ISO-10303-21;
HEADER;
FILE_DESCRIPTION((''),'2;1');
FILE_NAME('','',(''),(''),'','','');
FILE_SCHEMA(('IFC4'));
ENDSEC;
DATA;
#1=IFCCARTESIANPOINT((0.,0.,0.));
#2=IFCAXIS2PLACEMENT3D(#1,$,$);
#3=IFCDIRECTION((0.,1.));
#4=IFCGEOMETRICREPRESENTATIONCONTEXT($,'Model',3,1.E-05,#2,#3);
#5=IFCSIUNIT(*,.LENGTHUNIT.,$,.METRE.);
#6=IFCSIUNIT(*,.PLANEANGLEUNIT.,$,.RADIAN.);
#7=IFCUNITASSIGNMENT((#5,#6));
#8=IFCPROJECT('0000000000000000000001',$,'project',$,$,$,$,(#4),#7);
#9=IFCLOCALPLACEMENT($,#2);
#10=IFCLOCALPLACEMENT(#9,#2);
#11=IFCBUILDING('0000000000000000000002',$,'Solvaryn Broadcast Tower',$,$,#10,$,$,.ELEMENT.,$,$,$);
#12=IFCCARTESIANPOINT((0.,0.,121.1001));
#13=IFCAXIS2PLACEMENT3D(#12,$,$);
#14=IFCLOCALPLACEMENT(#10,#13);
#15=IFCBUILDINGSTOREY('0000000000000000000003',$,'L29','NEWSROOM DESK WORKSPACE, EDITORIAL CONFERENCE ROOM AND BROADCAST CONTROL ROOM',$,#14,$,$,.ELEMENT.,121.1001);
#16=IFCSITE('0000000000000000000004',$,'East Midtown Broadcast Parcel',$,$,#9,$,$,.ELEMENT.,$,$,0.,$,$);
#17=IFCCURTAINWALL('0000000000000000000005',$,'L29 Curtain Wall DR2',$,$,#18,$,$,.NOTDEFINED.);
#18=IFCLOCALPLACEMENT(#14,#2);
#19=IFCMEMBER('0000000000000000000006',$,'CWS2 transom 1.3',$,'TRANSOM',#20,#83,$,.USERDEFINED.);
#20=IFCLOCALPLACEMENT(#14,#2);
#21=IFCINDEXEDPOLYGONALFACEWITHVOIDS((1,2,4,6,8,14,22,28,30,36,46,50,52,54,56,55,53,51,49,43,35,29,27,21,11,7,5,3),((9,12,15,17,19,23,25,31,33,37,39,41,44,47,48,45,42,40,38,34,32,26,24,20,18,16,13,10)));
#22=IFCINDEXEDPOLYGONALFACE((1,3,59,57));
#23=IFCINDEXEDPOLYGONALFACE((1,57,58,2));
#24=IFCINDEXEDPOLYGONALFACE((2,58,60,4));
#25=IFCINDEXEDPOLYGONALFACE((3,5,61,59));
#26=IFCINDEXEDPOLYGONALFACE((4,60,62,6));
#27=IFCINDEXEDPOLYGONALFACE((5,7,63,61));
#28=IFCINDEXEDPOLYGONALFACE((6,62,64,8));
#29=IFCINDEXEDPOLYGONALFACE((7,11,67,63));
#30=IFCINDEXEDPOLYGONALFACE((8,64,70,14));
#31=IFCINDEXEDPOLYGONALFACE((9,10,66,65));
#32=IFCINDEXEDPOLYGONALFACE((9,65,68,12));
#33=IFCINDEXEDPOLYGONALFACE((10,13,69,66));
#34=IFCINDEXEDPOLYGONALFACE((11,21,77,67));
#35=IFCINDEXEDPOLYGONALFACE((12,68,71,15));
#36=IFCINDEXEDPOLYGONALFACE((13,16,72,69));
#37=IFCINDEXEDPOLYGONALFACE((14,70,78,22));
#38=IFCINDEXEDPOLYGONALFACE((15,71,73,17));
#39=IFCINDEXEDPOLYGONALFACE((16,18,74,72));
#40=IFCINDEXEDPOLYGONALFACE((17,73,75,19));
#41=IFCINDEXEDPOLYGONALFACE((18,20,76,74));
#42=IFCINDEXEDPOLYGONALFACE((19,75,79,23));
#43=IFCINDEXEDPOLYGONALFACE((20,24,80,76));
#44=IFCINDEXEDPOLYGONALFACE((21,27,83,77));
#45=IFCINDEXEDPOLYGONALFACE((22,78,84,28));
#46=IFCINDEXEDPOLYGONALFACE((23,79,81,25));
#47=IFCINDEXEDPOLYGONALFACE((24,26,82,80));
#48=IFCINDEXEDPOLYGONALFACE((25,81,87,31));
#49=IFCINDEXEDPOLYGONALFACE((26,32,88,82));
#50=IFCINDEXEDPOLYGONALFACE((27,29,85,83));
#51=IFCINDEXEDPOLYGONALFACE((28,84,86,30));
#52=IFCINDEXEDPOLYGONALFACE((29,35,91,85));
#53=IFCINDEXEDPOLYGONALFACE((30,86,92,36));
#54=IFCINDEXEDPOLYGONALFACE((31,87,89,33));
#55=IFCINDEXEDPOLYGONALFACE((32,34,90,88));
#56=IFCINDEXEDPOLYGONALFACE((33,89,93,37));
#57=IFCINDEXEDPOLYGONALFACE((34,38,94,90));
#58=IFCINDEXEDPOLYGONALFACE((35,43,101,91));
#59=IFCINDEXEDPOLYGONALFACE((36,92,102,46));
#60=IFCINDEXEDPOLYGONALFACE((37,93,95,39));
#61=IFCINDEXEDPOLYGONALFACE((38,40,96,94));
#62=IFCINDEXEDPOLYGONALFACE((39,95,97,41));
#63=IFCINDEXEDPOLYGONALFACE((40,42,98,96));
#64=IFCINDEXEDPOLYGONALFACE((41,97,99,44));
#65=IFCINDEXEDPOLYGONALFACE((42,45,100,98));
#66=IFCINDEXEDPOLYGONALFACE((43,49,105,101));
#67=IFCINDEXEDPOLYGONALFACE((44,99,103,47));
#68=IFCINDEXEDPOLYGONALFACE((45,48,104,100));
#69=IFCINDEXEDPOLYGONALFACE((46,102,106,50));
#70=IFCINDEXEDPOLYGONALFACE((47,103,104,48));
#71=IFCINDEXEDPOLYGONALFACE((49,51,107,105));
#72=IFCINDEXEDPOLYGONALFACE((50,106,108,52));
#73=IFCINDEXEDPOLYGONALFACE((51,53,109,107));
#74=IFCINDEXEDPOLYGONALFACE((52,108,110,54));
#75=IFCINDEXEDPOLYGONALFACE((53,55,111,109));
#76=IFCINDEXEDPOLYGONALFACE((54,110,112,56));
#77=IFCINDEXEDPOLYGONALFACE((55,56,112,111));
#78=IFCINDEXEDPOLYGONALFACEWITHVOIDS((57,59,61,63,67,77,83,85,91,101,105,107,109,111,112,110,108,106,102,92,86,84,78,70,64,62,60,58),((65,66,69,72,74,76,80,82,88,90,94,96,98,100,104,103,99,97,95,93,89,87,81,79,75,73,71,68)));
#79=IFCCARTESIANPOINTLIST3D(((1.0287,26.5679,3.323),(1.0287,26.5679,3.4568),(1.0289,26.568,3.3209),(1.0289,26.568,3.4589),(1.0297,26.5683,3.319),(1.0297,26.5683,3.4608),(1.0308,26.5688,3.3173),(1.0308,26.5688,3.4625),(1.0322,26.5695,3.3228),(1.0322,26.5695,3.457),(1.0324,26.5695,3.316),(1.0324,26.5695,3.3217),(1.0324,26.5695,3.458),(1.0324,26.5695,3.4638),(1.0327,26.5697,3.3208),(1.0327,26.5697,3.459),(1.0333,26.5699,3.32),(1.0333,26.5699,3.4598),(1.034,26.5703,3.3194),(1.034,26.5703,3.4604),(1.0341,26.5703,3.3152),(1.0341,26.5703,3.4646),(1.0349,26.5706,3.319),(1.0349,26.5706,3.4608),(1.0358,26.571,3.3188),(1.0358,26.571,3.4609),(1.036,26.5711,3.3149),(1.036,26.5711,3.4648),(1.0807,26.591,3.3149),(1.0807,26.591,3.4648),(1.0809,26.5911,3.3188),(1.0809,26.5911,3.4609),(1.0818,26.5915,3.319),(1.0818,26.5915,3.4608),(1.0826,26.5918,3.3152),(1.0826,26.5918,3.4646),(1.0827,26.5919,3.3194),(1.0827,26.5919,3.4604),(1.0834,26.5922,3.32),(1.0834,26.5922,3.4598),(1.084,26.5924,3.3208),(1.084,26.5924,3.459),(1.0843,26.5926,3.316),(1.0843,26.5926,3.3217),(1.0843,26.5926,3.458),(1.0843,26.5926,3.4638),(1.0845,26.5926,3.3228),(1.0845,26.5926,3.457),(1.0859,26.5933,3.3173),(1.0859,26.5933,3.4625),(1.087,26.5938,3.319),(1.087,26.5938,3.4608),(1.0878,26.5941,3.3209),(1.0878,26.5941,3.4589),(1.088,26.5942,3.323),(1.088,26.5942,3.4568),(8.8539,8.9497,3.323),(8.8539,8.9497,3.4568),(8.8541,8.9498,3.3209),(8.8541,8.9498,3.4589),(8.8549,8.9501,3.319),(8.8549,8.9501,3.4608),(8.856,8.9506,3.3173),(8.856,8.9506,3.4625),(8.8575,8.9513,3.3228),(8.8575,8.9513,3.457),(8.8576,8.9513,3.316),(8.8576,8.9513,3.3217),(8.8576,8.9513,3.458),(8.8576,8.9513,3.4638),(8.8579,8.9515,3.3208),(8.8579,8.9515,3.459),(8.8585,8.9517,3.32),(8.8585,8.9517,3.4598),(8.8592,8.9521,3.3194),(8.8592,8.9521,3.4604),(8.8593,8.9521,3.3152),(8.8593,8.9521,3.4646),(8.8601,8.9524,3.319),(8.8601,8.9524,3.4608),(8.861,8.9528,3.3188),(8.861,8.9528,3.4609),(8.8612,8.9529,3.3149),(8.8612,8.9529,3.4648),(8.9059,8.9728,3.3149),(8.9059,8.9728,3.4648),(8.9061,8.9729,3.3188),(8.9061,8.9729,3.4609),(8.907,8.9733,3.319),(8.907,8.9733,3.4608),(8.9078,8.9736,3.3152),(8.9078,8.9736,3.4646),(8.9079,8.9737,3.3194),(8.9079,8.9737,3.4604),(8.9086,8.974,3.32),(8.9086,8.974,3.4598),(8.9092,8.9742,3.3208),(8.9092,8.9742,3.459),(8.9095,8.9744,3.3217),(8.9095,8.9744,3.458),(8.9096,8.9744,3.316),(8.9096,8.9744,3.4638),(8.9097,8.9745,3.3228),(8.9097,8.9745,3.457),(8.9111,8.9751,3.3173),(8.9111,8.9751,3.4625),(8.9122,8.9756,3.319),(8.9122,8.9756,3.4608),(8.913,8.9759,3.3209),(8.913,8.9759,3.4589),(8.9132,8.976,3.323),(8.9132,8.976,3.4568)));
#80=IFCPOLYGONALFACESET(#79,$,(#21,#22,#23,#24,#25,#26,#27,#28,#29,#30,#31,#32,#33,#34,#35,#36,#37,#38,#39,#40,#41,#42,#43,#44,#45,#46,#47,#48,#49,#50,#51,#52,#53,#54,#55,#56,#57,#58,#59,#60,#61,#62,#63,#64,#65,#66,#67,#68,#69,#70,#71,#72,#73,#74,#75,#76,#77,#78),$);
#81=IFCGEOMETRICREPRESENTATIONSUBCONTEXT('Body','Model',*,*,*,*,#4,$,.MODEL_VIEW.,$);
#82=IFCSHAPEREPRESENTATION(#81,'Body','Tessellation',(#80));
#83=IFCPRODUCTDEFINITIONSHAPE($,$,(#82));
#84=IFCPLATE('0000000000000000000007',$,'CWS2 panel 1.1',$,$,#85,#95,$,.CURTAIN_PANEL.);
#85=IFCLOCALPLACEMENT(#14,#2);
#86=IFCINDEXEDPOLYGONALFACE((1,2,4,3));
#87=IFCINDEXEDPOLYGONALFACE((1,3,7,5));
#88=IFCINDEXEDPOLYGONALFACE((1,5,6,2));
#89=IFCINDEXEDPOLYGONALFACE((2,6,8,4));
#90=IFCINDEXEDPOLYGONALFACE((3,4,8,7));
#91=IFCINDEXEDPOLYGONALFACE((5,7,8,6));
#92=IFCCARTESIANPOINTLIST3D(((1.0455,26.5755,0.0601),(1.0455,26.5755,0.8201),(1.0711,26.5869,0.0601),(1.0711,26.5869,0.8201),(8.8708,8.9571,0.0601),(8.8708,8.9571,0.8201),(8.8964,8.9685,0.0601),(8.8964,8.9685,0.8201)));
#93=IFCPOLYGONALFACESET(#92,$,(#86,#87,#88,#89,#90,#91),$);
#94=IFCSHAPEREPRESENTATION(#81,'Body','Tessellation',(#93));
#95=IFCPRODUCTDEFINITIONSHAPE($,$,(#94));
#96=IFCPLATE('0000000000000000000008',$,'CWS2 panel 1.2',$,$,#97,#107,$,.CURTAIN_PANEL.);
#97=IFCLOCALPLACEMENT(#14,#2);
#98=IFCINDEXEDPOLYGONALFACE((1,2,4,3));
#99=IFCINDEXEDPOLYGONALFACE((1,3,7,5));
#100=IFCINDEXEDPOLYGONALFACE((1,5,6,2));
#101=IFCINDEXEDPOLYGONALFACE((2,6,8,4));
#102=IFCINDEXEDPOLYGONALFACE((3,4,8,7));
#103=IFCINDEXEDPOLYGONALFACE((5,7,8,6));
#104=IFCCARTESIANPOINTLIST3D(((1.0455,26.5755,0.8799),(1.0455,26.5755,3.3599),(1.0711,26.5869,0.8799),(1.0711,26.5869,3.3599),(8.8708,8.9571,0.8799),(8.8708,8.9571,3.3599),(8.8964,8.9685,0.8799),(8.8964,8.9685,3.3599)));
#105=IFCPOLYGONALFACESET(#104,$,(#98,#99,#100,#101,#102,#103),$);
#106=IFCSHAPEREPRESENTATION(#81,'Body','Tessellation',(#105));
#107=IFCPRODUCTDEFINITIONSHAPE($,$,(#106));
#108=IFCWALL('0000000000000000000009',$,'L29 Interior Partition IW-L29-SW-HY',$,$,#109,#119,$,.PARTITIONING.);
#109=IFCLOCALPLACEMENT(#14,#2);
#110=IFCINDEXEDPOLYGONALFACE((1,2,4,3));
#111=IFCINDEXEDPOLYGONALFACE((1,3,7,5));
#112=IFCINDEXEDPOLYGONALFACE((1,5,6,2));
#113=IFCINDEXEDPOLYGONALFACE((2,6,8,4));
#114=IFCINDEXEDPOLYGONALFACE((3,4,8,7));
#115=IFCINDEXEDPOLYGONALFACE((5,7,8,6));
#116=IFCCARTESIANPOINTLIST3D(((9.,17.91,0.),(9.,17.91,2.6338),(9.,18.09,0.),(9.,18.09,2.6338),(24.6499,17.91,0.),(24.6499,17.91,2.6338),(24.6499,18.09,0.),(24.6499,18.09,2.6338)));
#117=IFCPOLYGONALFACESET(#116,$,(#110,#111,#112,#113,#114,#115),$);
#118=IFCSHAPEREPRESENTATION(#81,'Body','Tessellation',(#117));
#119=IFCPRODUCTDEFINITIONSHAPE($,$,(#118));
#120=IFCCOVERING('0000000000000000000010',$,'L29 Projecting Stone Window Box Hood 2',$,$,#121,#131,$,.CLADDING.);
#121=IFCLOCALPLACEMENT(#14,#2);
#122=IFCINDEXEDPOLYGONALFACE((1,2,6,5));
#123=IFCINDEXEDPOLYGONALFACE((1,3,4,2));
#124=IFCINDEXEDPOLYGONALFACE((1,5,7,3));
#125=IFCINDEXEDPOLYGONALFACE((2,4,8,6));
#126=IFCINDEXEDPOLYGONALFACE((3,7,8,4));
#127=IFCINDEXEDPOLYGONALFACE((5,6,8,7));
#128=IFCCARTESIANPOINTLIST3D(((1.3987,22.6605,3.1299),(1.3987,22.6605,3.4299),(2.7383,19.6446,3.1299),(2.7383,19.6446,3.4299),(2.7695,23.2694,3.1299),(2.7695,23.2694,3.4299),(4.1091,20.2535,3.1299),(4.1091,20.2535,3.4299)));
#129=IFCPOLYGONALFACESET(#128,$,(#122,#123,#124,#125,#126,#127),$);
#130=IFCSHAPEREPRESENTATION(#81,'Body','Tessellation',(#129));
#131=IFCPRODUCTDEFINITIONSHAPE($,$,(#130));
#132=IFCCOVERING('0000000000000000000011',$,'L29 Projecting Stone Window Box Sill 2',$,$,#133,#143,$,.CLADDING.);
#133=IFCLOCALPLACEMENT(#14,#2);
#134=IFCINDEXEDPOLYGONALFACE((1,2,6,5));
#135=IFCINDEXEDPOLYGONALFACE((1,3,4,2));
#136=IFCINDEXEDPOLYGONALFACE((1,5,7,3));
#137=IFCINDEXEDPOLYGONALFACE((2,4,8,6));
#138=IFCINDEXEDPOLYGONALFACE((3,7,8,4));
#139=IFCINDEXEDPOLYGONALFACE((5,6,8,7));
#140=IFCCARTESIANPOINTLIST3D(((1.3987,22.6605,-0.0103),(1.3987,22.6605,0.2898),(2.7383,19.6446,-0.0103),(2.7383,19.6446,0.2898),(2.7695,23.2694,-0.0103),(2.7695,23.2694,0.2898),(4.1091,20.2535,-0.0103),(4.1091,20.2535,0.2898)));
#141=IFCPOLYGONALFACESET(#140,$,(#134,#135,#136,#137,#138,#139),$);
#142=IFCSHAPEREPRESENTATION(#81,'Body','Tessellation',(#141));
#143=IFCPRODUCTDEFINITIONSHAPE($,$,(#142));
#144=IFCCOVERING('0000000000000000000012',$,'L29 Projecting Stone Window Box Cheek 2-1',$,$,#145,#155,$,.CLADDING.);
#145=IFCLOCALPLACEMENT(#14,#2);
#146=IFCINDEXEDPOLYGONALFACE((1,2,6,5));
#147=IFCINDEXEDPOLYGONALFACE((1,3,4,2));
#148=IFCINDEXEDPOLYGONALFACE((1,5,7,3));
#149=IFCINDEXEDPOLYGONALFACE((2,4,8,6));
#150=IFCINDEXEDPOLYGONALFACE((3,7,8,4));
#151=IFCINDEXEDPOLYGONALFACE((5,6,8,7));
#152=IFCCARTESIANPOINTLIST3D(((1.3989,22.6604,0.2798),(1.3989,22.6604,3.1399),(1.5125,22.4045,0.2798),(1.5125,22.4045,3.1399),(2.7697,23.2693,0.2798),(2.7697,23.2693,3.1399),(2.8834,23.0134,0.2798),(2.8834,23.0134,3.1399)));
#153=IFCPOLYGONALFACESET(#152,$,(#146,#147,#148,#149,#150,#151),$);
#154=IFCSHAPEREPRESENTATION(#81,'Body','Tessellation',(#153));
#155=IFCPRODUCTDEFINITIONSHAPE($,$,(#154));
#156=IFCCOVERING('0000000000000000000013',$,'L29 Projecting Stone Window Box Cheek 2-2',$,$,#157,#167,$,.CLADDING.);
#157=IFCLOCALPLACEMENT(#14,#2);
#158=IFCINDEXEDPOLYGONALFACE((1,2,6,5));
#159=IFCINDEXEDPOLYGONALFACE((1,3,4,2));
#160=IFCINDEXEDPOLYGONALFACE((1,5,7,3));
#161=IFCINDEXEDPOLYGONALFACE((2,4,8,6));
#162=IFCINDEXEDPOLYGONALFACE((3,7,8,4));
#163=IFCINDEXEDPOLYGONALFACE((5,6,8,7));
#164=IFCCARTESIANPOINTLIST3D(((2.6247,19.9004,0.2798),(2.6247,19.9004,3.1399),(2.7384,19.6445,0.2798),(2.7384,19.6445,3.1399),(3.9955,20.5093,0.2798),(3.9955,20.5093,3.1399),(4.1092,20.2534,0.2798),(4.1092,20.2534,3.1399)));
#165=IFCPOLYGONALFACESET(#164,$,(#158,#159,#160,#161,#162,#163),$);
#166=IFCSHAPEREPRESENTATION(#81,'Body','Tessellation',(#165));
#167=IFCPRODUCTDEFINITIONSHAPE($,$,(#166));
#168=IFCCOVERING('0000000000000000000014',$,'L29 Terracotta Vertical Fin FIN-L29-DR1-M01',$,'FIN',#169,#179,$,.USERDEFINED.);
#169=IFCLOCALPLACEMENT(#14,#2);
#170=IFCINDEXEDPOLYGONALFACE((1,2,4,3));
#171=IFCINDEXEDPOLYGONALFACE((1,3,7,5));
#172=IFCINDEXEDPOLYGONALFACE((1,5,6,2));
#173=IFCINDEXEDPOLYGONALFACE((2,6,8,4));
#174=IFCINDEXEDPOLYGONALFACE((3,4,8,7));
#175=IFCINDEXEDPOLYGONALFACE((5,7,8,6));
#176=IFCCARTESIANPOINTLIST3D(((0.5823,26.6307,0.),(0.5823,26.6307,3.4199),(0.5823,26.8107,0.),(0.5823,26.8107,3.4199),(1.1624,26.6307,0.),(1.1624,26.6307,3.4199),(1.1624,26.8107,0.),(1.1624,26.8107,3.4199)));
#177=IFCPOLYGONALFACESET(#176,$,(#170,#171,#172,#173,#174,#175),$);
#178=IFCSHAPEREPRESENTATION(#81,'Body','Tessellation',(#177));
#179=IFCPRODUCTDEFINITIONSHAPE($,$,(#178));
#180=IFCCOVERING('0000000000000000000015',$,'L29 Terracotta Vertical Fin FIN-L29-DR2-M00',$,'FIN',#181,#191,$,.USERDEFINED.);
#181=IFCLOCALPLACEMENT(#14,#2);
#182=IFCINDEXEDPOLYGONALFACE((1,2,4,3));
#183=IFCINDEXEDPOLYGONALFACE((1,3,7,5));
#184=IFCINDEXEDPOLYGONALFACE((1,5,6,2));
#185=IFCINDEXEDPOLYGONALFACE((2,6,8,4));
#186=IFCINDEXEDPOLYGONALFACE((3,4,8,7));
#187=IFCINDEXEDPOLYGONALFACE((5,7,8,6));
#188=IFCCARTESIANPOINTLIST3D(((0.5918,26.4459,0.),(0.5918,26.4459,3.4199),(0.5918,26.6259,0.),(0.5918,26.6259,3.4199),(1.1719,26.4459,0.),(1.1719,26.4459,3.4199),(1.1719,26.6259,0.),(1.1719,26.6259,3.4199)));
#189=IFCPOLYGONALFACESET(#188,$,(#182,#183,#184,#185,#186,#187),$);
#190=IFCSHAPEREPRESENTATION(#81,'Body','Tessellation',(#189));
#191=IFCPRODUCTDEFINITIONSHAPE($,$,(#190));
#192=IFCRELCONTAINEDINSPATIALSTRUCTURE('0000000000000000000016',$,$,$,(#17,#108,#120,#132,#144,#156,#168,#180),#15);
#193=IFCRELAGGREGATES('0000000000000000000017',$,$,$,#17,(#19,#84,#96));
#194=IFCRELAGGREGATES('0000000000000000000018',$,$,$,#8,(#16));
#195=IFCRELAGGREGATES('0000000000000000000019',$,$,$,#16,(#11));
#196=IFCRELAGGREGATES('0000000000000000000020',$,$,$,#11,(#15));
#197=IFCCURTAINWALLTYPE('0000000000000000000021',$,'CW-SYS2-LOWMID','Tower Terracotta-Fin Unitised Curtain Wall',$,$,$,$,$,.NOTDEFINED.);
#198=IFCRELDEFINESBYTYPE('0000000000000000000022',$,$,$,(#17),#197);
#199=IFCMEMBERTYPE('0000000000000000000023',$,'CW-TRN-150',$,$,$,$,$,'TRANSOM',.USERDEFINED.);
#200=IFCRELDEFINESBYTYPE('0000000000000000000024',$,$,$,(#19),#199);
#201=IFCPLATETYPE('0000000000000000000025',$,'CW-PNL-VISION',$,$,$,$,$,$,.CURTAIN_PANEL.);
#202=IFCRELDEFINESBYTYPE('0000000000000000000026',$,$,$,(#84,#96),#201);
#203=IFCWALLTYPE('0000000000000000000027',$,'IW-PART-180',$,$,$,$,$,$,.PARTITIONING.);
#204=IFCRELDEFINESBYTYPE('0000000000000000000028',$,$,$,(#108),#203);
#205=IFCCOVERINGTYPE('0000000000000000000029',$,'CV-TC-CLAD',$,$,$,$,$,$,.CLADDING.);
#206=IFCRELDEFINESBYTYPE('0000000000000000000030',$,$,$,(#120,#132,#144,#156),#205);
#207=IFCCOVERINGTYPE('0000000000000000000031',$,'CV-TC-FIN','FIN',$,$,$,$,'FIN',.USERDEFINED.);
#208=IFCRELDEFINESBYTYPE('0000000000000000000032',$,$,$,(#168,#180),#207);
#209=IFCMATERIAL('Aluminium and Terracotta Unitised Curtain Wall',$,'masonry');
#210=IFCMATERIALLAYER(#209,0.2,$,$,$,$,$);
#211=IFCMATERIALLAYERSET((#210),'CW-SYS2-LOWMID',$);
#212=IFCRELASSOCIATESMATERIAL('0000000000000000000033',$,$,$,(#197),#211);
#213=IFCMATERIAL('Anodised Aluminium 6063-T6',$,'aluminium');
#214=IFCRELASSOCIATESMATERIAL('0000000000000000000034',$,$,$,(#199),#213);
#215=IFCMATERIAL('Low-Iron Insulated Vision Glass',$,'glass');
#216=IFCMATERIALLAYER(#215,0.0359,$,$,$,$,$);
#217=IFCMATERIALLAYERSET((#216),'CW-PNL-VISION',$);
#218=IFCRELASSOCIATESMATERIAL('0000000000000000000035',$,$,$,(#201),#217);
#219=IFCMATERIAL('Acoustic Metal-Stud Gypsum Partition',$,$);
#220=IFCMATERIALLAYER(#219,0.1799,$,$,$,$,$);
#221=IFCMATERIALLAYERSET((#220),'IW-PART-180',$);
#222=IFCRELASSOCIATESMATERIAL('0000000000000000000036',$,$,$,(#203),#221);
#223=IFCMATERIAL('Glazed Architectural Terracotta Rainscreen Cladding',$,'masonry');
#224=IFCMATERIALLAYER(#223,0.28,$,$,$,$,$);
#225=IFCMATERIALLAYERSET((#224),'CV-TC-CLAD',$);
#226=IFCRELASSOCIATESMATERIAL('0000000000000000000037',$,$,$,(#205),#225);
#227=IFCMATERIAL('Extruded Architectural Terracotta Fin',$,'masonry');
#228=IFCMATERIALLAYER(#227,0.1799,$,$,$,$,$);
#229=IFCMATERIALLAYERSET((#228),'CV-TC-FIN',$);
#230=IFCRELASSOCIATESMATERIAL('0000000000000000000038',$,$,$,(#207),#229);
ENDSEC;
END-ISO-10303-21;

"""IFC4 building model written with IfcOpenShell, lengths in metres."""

from ifc_helpers import new_model, si_unit, direction, frame, frame_2d, origin, origin_2d, place, context, subcontext, project, spatial, rectangle, hollow_rectangle, extrude, material, layer, layer_set, material_profile, profile_set, type_object, element, aggregate, save


model = new_model("IFC4")

# Units and contexts
model_context = context("Model", 3, precision=1e-05, world=origin(), true_north=direction((0.0, 1.0)))
body_context = subcontext(model_context, "Body", "Model", "MODEL_VIEW")
ifc_project = project(units=[si_unit("LENGTHUNIT", "METRE"), si_unit("PLANEANGLEUNIT", "RADIAN")], contexts=[model_context])

# Site, building, storey
site_placement = place(None, origin())
site = spatial("IfcSite", under=ifc_project, at=site_placement, Name="East Midtown Broadcast Parcel", CompositionType="ELEMENT", RefElevation=0.0)
building_placement = place(site_placement, origin())
building = spatial("IfcBuilding", under=site, at=building_placement, Name="Solvaryn Broadcast Tower", CompositionType="ELEMENT")
storey_placement = place(building_placement, frame((0.0, 0.0, 121.1001)))
storey = spatial("IfcBuildingStorey", under=building, at=storey_placement, Name="L29", Description="NEWSROOM DESK WORKSPACE, EDITORIAL CONFERENCE ROOM AND BROADCAST CONTROL ROOM", CompositionType="ELEMENT", Elevation=121.1001)

# Shared definitions
ifc_material_1 = material(Name="Aluminium and Terracotta Unitised Curtain Wall", Category="masonry")
ifc_layer_1 = layer(ifc_material_1, 0.2)
ifc_layer_set_1 = layer_set([ifc_layer_1], Name="CW-SYS2-LOWMID")
curtain_wall_type = type_object("IfcCurtainWallType", Name="CW-SYS2-LOWMID", Description="Tower Terracotta-Fin Unitised Curtain Wall", PredefinedType="NOTDEFINED", material=ifc_layer_set_1)

# Curtain wall, member, plates
curtain_wall_1_placement = place(storey_placement, origin())
curtain_wall_1 = element("IfcCurtainWall", 1, at=curtain_wall_1_placement, inside=storey, type_object=curtain_wall_type, Name="L29 Curtain Wall DR2", PredefinedType="NOTDEFINED")
ifc_material_2 = material(Name="Anodised Aluminium 6063-T6", Category="aluminium")
ifc_material_profile_1 = material_profile(ifc_material_2, hollow_rectangle(XDim=0.0649, YDim=0.1499, WallThickness=0.0039, InnerFilletRadius=0.0039, OuterFilletRadius=0.0081, at=origin_2d()))
ifc_profile_set_1 = profile_set([ifc_material_profile_1], Name="Anodised Aluminium 6063-T6")
member_type_1 = type_object("IfcMemberType", Name="CW-TRN-150", ElementType="TRANSOM", PredefinedType="USERDEFINED", material=ifc_profile_set_1)
member_1_placement = place(storey_placement, frame((1.0583, 26.5811, 3.3899), z_axis=(0.405918, -0.91391, 0.0), x_axis=(0.91391, 0.405918, 0.0)))
member_1 = element("IfcMember", 2, at=member_1_placement, type_object=member_type_1, Name="CWS2 transom 1.3", ObjectType="TRANSOM", PredefinedType="USERDEFINED", context=body_context, shape_type="SweptSolid", body=[
    extrude(hollow_rectangle(XDim=0.0649, YDim=0.1499, WallThickness=0.0039, InnerFilletRadius=0.0039, OuterFilletRadius=0.0081, at=origin_2d()), origin(), (0.0, 0.0, 1.0), 19.2778),
])
ifc_material_3 = material(Name="Low-Iron Insulated Vision Glass", Category="glass")
ifc_layer_2 = layer(ifc_material_3, 0.0359)
ifc_layer_set_2 = layer_set([ifc_layer_2], Name="CW-PNL-VISION")
plate_type = type_object("IfcPlateType", Name="CW-PNL-VISION", PredefinedType="CURTAIN_PANEL", material=ifc_layer_set_2)
plate_1_placement = place(storey_placement, frame((4.9709, 17.772, 0.0601), z_axis=(0.0, 0.0, 1.0), x_axis=(0.405918, -0.913909, 0.0)))
plate_1 = element("IfcPlate", 3, at=plate_1_placement, type_object=plate_type, Name="CWS2 panel 1.1", PredefinedType="CURTAIN_PANEL", context=body_context, shape_type="SweptSolid", body=[
    extrude(rectangle(XDim=19.2781, YDim=0.0281, at=origin_2d()), origin(), (0.0, 0.0, 1.0), 0.76),
])
plate_2_placement = place(storey_placement, frame((4.9709, 17.772, 0.8799), z_axis=(0.0, 0.0, 1.0), x_axis=(0.405918, -0.913909, 0.0)))
plate_2 = element("IfcPlate", 4, at=plate_2_placement, type_object=plate_type, Name="CWS2 panel 1.2", PredefinedType="CURTAIN_PANEL", context=body_context, shape_type="SweptSolid", body=[
    extrude(rectangle(XDim=19.2781, YDim=0.0281, at=origin_2d()), origin(), (0.0, 0.0, 1.0), 2.48),
])
aggregate(curtain_wall_1, [member_1, plate_1, plate_2])

# Wall
ifc_material_4 = material(Name="Acoustic Metal-Stud Gypsum Partition")
ifc_layer_3 = layer(ifc_material_4, 0.1799)
ifc_layer_set_3 = layer_set([ifc_layer_3], Name="IW-PART-180")
wall_type = type_object("IfcWallType", Name="IW-PART-180", PredefinedType="PARTITIONING", material=ifc_layer_set_3)
wall_placement = place(storey_placement, frame((9.0, 18.0, 0.0), z_axis=(0.0, 0.0, 1.0), x_axis=(1.0, 0.0, 0.0)))
element("IfcWall", 5, at=wall_placement, inside=storey, type_object=wall_type, Name="L29 Interior Partition IW-L29-SW-HY", PredefinedType="PARTITIONING", context=body_context, shape_type="SweptSolid", body=[
    extrude(rectangle(XDim=15.6499, YDim=0.1799, at=frame_2d((7.825, 0.0))), origin(), (0.0, 0.0, 1.0), 2.6338),
])

# Coverings
ifc_material_5 = material(Name="Glazed Architectural Terracotta Rainscreen Cladding", Category="masonry")
ifc_layer_4 = layer(ifc_material_5, 0.28)
ifc_layer_set_4 = layer_set([ifc_layer_4], Name="CV-TC-CLAD")
covering_type_1 = type_object("IfcCoveringType", Name="CV-TC-CLAD", PredefinedType="CLADDING", material=ifc_layer_set_4)
for number, where, z_axis, x_axis, name in (
    (6, (2.7539, 21.457, 3.1299), (0.0, 0.0, 1.0), (0.405939, -0.9139, 0.0), "L29 Projecting Stone Window Box Hood 2"),
    (7, (2.7539, 21.457, -0.0103), (0.0, 0.0, 1.0), (0.405939, -0.9139, 0.0), "L29 Projecting Stone Window Box Sill 2"),
):
    element("IfcCovering", number, at=place(storey_placement, frame(where, z_axis=z_axis, x_axis=x_axis)), inside=storey, type_object=covering_type_1, Name=name, PredefinedType="CLADDING", context=body_context, shape_type="SweptSolid", body=[
        extrude(rectangle(XDim=3.3, YDim=1.5, at=origin_2d()), origin(), (0.0, 0.0, 1.0), 0.3),
    ])
for number, where, z_axis, x_axis, name in (
    (8, (2.1411, 22.8369, 0.2798), (0.0, 0.0, 1.0), (0.405939, -0.9139, 0.0), "L29 Projecting Stone Window Box Cheek 2-1"),
    (9, (3.3669, 20.0769, 0.2798), (0.0, 0.0, 1.0), (0.405939, -0.9139, 0.0), "L29 Projecting Stone Window Box Cheek 2-2"),
):
    element("IfcCovering", number, at=place(storey_placement, frame(where, z_axis=z_axis, x_axis=x_axis)), inside=storey, type_object=covering_type_1, Name=name, PredefinedType="CLADDING", context=body_context, shape_type="SweptSolid", body=[
        extrude(rectangle(XDim=0.28, YDim=1.5, at=origin_2d()), origin(), (0.0, 0.0, 1.0), 2.8601),
    ])
ifc_material_6 = material(Name="Extruded Architectural Terracotta Fin", Category="masonry")
ifc_layer_5 = layer(ifc_material_6, 0.1799)
ifc_layer_set_5 = layer_set([ifc_layer_5], Name="CV-TC-FIN")
covering_type_2 = type_object("IfcCoveringType", Name="CV-TC-FIN", Description="FIN", ElementType="FIN", PredefinedType="USERDEFINED", material=ifc_layer_set_5)
for number, where, z_axis, x_axis, name in (
    (10, (0.8723, 26.7207, 0.0), (0.0, 0.0, 1.0), (1.0, 0.0, 0.0), "L29 Terracotta Vertical Fin FIN-L29-DR1-M01"),
    (11, (0.8818, 26.5359, 0.0), (0.0, 0.0, 1.0), (1.0, 0.0, 0.0), "L29 Terracotta Vertical Fin FIN-L29-DR2-M00"),
):
    element("IfcCovering", number, at=place(storey_placement, frame(where, z_axis=z_axis, x_axis=x_axis)), inside=storey, type_object=covering_type_2, Name=name, ObjectType="FIN", PredefinedType="USERDEFINED", context=body_context, shape_type="SweptSolid", body=[
        extrude(rectangle(XDim=0.5801, YDim=0.1799, at=origin_2d()), origin(), (0.0, 0.0, 1.0), 3.4199),
    ])

save(model, "model.ifc")
